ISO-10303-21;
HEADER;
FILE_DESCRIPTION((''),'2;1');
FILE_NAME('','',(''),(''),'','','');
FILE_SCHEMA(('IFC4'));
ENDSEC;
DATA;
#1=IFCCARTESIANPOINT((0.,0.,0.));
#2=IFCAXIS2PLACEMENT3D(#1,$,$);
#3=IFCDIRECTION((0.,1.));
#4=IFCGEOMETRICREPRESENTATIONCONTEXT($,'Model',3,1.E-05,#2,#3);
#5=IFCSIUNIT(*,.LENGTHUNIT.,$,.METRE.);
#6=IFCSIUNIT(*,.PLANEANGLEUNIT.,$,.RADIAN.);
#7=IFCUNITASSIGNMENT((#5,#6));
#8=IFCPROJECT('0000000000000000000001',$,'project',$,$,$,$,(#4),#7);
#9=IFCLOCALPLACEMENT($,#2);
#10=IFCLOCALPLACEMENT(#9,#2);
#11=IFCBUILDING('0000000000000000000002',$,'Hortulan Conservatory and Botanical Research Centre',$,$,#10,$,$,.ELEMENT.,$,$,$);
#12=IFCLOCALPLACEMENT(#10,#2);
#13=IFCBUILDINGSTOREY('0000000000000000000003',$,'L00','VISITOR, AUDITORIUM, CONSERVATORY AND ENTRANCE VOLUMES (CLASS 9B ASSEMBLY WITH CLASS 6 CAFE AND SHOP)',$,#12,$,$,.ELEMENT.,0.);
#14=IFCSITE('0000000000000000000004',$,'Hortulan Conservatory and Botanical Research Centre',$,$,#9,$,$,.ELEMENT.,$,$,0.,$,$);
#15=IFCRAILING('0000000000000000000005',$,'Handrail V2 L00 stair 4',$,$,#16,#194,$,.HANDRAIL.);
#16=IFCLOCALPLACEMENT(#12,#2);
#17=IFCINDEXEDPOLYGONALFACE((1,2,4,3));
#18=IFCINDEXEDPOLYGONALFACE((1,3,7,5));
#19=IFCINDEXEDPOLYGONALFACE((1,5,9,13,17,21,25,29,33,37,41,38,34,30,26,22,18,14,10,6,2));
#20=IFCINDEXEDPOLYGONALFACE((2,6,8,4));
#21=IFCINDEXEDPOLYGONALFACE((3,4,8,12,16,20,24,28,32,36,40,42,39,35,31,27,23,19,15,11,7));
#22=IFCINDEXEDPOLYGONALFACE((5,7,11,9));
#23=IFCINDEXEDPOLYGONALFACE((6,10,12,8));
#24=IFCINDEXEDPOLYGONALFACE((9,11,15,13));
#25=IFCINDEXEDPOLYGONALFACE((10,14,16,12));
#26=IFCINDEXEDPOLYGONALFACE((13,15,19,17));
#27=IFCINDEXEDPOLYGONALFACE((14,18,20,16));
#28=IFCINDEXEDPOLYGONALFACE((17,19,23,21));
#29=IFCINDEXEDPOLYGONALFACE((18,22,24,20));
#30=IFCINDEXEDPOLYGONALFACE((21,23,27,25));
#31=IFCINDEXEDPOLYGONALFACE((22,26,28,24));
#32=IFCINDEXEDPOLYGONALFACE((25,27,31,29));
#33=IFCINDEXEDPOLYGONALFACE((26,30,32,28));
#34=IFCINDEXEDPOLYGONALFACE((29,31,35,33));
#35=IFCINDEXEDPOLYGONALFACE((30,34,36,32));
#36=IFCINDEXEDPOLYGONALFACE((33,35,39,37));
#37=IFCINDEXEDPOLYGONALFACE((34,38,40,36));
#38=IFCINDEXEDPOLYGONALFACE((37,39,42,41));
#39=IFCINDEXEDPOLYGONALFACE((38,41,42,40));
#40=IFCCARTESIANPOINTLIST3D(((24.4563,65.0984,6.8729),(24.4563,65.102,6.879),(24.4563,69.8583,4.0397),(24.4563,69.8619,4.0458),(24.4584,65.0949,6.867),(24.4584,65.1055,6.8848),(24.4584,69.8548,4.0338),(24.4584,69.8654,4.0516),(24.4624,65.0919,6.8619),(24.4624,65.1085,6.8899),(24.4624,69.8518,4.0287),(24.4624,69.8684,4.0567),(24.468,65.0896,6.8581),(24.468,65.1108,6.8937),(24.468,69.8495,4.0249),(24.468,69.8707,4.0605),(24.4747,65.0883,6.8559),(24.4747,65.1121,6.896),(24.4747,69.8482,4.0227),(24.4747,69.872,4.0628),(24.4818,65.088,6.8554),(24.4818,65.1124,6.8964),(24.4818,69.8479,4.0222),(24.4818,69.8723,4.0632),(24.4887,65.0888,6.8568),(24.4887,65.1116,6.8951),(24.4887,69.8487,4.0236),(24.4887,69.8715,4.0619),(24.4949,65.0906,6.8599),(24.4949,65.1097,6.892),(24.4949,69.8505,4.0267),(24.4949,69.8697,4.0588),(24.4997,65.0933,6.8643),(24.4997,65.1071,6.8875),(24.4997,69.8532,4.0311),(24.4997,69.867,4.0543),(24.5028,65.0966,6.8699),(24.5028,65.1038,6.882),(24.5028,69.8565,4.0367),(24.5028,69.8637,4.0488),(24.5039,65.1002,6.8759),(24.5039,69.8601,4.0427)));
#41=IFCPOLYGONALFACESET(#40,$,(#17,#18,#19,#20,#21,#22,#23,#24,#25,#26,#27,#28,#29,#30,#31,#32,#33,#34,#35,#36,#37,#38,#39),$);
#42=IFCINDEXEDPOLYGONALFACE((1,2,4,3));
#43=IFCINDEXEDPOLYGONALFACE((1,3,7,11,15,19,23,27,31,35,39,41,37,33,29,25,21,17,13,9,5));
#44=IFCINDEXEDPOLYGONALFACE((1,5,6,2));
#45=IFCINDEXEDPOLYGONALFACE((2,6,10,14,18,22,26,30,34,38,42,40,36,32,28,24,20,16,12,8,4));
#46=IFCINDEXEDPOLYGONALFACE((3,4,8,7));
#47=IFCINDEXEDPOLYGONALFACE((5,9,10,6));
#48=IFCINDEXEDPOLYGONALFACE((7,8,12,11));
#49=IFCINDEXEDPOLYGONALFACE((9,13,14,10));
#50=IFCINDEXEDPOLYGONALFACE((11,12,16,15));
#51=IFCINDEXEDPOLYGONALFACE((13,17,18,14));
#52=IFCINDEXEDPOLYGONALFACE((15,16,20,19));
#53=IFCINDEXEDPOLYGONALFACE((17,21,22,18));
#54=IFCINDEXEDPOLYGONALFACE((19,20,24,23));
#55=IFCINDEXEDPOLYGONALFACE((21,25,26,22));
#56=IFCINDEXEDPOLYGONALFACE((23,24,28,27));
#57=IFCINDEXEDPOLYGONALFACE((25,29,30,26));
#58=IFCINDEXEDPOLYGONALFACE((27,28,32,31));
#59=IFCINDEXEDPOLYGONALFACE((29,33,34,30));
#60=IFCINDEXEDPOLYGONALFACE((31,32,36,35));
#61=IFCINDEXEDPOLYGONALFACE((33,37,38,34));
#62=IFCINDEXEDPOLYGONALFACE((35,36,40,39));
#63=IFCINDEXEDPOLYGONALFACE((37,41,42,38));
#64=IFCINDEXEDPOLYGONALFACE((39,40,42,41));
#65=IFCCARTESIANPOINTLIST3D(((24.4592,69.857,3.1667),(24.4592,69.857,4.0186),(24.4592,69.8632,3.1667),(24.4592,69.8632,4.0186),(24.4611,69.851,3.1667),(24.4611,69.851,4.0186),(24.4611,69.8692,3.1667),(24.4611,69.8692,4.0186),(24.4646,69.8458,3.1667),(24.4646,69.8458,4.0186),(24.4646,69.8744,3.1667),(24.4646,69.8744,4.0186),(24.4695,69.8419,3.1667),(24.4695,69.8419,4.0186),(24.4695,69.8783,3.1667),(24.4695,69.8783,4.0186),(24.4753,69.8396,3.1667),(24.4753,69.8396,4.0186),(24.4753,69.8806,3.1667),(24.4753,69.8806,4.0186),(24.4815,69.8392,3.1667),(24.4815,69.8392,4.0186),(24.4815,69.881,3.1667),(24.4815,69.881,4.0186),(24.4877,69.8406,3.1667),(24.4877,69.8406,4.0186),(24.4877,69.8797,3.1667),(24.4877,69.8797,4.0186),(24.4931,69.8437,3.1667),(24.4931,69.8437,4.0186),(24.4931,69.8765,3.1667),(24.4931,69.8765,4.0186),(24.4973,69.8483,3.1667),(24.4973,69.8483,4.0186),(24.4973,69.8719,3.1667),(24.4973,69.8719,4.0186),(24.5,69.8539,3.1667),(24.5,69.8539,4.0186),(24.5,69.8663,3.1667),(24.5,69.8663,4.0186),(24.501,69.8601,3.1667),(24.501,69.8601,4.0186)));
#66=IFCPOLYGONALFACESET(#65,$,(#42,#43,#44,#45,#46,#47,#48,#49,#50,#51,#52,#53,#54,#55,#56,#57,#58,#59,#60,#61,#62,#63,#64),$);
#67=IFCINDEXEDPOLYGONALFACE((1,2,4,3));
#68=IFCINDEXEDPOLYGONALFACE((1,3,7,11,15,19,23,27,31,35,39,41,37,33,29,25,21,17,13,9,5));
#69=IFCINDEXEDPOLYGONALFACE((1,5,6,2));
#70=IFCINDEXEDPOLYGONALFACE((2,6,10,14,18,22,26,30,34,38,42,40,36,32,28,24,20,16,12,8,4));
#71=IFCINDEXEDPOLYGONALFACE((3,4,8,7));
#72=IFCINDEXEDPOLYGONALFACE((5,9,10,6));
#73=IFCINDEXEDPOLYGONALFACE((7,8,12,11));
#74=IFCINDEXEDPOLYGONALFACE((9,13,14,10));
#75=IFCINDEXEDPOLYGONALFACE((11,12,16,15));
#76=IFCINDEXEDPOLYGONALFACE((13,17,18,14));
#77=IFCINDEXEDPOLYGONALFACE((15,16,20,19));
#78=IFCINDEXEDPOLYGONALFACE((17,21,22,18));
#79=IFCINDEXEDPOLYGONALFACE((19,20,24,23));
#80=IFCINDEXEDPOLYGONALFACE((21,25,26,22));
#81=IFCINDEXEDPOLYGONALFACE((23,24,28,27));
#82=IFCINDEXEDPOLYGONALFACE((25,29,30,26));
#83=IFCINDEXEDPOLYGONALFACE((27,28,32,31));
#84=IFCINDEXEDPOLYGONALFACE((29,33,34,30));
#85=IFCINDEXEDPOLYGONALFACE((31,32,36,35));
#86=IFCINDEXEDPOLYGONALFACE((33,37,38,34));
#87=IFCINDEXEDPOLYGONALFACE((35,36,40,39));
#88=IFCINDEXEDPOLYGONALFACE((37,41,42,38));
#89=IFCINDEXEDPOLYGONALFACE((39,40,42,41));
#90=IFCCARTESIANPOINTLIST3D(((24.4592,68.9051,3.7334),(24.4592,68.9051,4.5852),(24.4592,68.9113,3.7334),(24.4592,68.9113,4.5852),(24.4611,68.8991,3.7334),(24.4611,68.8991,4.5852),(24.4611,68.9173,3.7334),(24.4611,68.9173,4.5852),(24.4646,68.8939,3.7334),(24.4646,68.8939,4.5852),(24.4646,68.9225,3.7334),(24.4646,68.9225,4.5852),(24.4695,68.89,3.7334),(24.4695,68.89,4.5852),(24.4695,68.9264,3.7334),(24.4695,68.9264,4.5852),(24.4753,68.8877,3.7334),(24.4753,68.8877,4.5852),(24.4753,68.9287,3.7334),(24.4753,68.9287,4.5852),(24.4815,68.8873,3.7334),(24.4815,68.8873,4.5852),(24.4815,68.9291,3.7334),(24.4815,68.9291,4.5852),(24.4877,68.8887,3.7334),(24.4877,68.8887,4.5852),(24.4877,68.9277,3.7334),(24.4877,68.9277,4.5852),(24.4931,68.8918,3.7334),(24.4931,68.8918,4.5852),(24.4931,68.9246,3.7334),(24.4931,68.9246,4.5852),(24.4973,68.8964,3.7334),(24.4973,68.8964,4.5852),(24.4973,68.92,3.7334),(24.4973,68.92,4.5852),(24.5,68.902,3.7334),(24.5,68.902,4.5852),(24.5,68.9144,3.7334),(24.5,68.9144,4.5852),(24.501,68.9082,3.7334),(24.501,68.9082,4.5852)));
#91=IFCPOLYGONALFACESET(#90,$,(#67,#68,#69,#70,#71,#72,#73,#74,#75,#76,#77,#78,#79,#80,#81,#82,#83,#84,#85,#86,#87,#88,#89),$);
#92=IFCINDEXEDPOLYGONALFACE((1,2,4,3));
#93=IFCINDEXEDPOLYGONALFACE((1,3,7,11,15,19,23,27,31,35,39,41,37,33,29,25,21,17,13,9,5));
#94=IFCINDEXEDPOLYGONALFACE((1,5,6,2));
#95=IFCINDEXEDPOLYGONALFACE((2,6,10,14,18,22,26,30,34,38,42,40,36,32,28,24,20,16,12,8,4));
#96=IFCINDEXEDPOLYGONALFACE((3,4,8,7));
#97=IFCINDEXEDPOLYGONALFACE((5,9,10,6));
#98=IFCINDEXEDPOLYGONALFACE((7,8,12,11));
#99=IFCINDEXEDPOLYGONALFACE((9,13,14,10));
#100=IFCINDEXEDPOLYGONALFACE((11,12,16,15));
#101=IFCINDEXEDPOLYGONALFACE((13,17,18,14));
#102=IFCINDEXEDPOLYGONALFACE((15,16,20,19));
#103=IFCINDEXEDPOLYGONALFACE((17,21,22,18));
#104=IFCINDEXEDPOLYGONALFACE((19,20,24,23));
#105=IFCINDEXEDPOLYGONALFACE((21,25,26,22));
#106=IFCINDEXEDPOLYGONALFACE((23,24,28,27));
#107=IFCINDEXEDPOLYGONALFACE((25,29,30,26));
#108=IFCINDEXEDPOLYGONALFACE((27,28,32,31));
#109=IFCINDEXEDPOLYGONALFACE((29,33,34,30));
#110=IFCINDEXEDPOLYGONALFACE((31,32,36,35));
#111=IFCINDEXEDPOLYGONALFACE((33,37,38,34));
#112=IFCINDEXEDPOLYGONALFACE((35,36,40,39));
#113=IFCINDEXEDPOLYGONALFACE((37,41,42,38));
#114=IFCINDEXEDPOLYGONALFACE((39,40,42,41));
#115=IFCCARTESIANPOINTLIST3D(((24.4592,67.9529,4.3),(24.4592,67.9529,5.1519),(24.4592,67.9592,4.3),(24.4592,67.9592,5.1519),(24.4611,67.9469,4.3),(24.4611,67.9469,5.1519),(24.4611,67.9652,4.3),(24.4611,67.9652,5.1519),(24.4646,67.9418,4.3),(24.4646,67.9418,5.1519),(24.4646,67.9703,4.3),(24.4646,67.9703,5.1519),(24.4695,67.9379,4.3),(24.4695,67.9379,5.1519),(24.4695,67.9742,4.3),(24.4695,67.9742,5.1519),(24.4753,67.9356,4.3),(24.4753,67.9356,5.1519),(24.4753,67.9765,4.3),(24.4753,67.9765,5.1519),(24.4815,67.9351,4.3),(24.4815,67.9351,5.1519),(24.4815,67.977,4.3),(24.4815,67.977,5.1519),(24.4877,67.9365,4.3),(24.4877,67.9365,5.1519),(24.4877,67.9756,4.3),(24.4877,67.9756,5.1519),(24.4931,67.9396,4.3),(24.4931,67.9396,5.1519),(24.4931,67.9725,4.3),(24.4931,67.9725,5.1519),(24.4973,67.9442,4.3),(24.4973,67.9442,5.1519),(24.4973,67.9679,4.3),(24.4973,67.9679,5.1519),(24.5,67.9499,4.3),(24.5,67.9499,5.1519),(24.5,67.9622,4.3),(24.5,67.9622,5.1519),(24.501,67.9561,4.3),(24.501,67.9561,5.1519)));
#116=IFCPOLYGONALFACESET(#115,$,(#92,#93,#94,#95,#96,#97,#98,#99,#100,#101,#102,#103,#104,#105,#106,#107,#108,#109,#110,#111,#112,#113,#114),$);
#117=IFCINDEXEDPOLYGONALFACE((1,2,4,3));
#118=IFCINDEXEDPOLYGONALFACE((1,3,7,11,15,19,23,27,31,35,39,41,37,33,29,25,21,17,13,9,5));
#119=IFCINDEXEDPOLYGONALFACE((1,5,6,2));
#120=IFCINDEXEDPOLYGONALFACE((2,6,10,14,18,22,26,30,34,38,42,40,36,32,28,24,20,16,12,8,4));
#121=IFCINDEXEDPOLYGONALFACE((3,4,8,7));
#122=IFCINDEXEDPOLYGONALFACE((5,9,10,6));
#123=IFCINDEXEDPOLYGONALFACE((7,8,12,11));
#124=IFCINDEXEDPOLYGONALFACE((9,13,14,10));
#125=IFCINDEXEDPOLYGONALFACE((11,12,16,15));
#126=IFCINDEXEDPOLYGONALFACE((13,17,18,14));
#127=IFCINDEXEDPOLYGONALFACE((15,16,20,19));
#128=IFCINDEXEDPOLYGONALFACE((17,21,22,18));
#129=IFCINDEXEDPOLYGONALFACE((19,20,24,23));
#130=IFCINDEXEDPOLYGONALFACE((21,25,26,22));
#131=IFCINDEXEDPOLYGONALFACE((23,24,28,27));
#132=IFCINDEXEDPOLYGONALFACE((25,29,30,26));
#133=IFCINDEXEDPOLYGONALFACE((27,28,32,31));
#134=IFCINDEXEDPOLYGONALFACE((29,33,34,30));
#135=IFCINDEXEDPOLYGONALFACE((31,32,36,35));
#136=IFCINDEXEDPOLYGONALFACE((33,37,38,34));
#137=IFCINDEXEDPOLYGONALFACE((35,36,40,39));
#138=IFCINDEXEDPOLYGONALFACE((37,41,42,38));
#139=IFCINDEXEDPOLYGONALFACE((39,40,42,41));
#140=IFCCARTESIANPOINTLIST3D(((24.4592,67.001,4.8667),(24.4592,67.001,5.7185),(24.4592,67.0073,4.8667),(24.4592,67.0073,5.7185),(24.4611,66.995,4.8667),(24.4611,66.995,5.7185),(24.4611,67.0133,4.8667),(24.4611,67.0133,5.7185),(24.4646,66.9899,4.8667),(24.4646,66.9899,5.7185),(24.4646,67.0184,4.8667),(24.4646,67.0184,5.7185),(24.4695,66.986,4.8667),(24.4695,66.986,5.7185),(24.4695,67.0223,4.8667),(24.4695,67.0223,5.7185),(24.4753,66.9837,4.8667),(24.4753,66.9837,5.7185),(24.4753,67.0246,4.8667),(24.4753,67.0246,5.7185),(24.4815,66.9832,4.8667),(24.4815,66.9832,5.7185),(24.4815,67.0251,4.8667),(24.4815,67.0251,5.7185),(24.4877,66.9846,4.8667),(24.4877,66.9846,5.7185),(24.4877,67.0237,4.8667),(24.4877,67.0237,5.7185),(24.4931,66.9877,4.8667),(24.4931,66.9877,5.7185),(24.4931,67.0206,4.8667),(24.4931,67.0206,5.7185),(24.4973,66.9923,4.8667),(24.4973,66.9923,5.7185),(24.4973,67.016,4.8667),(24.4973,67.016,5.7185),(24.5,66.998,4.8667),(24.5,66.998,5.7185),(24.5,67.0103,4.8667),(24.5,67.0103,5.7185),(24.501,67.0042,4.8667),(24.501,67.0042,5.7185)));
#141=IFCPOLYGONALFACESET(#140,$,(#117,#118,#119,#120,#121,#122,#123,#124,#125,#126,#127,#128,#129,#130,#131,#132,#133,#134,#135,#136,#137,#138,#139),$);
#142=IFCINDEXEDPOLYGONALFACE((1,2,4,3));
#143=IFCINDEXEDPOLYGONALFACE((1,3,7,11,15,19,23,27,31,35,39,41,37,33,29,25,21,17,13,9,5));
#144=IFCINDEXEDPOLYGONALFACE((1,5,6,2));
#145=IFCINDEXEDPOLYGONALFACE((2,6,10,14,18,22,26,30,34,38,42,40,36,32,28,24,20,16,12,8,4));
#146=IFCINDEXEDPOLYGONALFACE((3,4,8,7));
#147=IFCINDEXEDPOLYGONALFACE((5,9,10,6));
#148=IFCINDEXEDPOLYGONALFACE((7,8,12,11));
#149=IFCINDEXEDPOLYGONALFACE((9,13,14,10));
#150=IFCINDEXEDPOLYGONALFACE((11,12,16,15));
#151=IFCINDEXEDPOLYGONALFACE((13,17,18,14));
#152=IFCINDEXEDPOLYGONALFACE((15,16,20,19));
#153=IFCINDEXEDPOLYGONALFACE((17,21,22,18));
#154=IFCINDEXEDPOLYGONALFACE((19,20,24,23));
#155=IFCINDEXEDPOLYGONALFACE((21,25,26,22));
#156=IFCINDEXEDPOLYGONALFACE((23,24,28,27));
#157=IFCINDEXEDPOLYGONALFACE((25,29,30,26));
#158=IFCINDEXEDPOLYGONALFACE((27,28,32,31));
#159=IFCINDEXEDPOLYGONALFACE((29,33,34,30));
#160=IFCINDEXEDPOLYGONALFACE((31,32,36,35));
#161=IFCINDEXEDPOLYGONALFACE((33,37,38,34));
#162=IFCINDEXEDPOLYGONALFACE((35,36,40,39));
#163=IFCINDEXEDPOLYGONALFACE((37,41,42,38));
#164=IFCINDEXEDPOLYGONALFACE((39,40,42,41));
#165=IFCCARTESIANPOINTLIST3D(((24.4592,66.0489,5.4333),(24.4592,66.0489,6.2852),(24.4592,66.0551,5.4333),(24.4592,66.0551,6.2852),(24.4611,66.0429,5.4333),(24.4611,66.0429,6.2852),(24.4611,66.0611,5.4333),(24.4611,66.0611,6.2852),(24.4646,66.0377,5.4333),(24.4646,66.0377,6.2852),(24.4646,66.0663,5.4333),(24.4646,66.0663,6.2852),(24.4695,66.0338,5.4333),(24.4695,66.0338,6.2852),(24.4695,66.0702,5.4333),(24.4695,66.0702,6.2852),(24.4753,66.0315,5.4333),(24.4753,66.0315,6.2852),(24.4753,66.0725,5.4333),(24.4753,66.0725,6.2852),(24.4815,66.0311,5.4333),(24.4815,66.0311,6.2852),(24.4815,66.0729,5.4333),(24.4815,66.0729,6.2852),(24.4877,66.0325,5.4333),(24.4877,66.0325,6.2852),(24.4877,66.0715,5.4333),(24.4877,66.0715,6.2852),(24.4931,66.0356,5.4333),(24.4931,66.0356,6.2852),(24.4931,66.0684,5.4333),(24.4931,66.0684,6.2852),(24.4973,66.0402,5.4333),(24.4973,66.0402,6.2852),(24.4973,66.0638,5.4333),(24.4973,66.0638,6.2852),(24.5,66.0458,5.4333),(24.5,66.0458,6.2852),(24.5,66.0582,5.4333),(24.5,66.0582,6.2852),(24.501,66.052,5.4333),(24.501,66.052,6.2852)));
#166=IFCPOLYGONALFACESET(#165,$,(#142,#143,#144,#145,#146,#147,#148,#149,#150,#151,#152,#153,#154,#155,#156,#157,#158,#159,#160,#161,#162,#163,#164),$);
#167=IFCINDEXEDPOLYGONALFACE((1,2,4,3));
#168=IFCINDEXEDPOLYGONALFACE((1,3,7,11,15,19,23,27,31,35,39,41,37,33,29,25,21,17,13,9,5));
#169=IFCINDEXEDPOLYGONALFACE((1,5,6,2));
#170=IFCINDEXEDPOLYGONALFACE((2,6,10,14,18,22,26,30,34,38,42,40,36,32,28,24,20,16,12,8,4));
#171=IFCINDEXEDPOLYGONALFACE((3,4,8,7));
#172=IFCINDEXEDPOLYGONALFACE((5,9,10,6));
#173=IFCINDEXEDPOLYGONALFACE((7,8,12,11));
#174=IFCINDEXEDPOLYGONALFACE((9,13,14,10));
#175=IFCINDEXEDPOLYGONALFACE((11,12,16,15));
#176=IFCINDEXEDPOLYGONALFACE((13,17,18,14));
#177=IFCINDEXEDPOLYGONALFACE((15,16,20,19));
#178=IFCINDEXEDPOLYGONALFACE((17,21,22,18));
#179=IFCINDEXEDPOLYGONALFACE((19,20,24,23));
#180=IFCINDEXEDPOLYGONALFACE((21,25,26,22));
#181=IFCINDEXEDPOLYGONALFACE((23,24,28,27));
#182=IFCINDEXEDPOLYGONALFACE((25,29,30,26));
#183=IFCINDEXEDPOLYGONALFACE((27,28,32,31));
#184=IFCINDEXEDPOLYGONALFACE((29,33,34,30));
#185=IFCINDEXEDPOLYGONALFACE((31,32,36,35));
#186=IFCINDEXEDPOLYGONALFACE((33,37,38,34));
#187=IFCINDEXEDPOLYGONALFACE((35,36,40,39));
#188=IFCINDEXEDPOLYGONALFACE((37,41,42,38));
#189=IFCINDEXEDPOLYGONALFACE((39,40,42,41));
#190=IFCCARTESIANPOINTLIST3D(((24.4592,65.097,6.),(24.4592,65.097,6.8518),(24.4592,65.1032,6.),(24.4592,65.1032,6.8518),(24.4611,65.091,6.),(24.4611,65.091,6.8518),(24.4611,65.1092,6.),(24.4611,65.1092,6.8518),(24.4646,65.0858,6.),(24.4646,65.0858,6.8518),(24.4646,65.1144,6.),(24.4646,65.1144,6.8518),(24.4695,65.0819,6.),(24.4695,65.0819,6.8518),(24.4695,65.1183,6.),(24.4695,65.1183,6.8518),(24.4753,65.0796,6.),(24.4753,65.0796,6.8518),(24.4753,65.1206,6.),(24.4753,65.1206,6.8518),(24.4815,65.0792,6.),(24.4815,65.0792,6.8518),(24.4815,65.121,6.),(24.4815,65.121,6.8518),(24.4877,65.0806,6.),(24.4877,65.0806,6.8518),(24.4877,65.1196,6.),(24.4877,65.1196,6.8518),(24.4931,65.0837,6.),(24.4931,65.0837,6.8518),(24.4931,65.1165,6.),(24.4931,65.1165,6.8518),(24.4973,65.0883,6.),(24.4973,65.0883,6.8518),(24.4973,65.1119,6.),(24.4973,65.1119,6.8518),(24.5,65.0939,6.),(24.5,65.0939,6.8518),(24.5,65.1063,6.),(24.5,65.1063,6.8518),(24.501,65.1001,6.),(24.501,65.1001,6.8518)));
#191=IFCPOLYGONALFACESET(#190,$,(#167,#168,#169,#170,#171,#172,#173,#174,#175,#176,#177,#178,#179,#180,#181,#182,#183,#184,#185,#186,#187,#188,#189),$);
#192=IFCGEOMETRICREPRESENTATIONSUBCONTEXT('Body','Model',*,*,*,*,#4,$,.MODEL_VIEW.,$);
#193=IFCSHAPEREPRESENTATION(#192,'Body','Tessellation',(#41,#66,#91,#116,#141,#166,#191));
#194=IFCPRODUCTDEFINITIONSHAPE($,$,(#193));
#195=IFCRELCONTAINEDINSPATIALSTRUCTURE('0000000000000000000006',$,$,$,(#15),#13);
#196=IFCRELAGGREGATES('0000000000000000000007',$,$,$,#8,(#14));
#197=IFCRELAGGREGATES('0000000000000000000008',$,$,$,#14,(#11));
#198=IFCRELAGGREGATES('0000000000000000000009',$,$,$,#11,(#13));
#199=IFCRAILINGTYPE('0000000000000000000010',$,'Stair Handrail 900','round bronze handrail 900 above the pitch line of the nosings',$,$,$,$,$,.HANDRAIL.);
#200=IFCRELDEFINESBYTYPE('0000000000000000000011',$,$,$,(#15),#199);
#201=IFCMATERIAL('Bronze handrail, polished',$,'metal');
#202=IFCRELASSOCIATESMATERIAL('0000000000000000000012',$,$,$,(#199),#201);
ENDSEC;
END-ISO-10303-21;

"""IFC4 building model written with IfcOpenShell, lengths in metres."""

from ifc_helpers import new_model, si_unit, direction, frame, origin, origin_2d, place, context, subcontext, project, spatial, circle, extrude, material, type_object, element, save


model = new_model("IFC4")

# Units and contexts
model_context = context("Model", 3, precision=1e-05, world=origin(), true_north=direction((0.0, 1.0)))
body_context = subcontext(model_context, "Body", "Model", "MODEL_VIEW")
ifc_project = project(units=[si_unit("LENGTHUNIT", "METRE"), si_unit("PLANEANGLEUNIT", "RADIAN")], contexts=[model_context])

# Site, building, storey
site_placement = place(None, origin())
site = spatial("IfcSite", under=ifc_project, at=site_placement, Name="Hortulan Conservatory and Botanical Research Centre", CompositionType="ELEMENT", RefElevation=0.0)
building_placement = place(site_placement, origin())
building = spatial("IfcBuilding", under=site, at=building_placement, Name="Hortulan Conservatory and Botanical Research Centre", CompositionType="ELEMENT")
storey_placement = place(building_placement, origin())
storey = spatial("IfcBuildingStorey", under=building, at=storey_placement, Name="L00", Description="VISITOR, AUDITORIUM, CONSERVATORY AND ENTRANCE VOLUMES (CLASS 9B ASSEMBLY WITH CLASS 6 CAFE AND SHOP)", CompositionType="ELEMENT", Elevation=0.0)

# Railing
ifc_material_1 = material(Name="Bronze handrail, polished", Category="metal")
railing_type_1 = type_object("IfcRailingType", Name="Stair Handrail 900", Description="round bronze handrail 900 above the pitch line of the nosings", PredefinedType="HANDRAIL", material=ifc_material_1)
railing_1_placement = place(storey_placement, frame((24.48, 69.8601, 3.1667)))
element("IfcRailing", 1, at=railing_1_placement, inside=storey, type_object=railing_type_1, Name="Handrail V2 L00 stair 4", PredefinedType="HANDRAIL", context=body_context, shape_type="SweptSolid", body=[
    extrude(circle(Radius=0.0239, at=origin_2d()), frame((0.0, 0.0, 0.876), z_axis=(0.0, -0.8593, 0.511472), x_axis=(1.0, 0.0, 0.0)), (0.0, 0.0, 1.0), 5.5393),
    extrude(circle(Radius=0.021, at=origin_2d()), origin(), (0.0, 0.0, 1.0), 0.8518),
    extrude(circle(Radius=0.021, at=origin_2d()), frame((0.0, -0.9519, 0.5667)), (0.0, 0.0, 1.0), 0.8518),
    extrude(circle(Radius=0.021, at=origin_2d()), frame((0.0, -1.9041, 1.1333)), (0.0, 0.0, 1.0), 0.8518),
    extrude(circle(Radius=0.021, at=origin_2d()), frame((0.0, -2.856, 1.7)), (0.0, 0.0, 1.0), 0.8518),
    extrude(circle(Radius=0.021, at=origin_2d()), frame((0.0, -3.8081, 2.2666)), (0.0, 0.0, 1.0), 0.8518),
    extrude(circle(Radius=0.021, at=origin_2d()), frame((0.0, -4.76, 2.8333)), (0.0, 0.0, 1.0), 0.8518),
])

save(model, "model.ifc")
